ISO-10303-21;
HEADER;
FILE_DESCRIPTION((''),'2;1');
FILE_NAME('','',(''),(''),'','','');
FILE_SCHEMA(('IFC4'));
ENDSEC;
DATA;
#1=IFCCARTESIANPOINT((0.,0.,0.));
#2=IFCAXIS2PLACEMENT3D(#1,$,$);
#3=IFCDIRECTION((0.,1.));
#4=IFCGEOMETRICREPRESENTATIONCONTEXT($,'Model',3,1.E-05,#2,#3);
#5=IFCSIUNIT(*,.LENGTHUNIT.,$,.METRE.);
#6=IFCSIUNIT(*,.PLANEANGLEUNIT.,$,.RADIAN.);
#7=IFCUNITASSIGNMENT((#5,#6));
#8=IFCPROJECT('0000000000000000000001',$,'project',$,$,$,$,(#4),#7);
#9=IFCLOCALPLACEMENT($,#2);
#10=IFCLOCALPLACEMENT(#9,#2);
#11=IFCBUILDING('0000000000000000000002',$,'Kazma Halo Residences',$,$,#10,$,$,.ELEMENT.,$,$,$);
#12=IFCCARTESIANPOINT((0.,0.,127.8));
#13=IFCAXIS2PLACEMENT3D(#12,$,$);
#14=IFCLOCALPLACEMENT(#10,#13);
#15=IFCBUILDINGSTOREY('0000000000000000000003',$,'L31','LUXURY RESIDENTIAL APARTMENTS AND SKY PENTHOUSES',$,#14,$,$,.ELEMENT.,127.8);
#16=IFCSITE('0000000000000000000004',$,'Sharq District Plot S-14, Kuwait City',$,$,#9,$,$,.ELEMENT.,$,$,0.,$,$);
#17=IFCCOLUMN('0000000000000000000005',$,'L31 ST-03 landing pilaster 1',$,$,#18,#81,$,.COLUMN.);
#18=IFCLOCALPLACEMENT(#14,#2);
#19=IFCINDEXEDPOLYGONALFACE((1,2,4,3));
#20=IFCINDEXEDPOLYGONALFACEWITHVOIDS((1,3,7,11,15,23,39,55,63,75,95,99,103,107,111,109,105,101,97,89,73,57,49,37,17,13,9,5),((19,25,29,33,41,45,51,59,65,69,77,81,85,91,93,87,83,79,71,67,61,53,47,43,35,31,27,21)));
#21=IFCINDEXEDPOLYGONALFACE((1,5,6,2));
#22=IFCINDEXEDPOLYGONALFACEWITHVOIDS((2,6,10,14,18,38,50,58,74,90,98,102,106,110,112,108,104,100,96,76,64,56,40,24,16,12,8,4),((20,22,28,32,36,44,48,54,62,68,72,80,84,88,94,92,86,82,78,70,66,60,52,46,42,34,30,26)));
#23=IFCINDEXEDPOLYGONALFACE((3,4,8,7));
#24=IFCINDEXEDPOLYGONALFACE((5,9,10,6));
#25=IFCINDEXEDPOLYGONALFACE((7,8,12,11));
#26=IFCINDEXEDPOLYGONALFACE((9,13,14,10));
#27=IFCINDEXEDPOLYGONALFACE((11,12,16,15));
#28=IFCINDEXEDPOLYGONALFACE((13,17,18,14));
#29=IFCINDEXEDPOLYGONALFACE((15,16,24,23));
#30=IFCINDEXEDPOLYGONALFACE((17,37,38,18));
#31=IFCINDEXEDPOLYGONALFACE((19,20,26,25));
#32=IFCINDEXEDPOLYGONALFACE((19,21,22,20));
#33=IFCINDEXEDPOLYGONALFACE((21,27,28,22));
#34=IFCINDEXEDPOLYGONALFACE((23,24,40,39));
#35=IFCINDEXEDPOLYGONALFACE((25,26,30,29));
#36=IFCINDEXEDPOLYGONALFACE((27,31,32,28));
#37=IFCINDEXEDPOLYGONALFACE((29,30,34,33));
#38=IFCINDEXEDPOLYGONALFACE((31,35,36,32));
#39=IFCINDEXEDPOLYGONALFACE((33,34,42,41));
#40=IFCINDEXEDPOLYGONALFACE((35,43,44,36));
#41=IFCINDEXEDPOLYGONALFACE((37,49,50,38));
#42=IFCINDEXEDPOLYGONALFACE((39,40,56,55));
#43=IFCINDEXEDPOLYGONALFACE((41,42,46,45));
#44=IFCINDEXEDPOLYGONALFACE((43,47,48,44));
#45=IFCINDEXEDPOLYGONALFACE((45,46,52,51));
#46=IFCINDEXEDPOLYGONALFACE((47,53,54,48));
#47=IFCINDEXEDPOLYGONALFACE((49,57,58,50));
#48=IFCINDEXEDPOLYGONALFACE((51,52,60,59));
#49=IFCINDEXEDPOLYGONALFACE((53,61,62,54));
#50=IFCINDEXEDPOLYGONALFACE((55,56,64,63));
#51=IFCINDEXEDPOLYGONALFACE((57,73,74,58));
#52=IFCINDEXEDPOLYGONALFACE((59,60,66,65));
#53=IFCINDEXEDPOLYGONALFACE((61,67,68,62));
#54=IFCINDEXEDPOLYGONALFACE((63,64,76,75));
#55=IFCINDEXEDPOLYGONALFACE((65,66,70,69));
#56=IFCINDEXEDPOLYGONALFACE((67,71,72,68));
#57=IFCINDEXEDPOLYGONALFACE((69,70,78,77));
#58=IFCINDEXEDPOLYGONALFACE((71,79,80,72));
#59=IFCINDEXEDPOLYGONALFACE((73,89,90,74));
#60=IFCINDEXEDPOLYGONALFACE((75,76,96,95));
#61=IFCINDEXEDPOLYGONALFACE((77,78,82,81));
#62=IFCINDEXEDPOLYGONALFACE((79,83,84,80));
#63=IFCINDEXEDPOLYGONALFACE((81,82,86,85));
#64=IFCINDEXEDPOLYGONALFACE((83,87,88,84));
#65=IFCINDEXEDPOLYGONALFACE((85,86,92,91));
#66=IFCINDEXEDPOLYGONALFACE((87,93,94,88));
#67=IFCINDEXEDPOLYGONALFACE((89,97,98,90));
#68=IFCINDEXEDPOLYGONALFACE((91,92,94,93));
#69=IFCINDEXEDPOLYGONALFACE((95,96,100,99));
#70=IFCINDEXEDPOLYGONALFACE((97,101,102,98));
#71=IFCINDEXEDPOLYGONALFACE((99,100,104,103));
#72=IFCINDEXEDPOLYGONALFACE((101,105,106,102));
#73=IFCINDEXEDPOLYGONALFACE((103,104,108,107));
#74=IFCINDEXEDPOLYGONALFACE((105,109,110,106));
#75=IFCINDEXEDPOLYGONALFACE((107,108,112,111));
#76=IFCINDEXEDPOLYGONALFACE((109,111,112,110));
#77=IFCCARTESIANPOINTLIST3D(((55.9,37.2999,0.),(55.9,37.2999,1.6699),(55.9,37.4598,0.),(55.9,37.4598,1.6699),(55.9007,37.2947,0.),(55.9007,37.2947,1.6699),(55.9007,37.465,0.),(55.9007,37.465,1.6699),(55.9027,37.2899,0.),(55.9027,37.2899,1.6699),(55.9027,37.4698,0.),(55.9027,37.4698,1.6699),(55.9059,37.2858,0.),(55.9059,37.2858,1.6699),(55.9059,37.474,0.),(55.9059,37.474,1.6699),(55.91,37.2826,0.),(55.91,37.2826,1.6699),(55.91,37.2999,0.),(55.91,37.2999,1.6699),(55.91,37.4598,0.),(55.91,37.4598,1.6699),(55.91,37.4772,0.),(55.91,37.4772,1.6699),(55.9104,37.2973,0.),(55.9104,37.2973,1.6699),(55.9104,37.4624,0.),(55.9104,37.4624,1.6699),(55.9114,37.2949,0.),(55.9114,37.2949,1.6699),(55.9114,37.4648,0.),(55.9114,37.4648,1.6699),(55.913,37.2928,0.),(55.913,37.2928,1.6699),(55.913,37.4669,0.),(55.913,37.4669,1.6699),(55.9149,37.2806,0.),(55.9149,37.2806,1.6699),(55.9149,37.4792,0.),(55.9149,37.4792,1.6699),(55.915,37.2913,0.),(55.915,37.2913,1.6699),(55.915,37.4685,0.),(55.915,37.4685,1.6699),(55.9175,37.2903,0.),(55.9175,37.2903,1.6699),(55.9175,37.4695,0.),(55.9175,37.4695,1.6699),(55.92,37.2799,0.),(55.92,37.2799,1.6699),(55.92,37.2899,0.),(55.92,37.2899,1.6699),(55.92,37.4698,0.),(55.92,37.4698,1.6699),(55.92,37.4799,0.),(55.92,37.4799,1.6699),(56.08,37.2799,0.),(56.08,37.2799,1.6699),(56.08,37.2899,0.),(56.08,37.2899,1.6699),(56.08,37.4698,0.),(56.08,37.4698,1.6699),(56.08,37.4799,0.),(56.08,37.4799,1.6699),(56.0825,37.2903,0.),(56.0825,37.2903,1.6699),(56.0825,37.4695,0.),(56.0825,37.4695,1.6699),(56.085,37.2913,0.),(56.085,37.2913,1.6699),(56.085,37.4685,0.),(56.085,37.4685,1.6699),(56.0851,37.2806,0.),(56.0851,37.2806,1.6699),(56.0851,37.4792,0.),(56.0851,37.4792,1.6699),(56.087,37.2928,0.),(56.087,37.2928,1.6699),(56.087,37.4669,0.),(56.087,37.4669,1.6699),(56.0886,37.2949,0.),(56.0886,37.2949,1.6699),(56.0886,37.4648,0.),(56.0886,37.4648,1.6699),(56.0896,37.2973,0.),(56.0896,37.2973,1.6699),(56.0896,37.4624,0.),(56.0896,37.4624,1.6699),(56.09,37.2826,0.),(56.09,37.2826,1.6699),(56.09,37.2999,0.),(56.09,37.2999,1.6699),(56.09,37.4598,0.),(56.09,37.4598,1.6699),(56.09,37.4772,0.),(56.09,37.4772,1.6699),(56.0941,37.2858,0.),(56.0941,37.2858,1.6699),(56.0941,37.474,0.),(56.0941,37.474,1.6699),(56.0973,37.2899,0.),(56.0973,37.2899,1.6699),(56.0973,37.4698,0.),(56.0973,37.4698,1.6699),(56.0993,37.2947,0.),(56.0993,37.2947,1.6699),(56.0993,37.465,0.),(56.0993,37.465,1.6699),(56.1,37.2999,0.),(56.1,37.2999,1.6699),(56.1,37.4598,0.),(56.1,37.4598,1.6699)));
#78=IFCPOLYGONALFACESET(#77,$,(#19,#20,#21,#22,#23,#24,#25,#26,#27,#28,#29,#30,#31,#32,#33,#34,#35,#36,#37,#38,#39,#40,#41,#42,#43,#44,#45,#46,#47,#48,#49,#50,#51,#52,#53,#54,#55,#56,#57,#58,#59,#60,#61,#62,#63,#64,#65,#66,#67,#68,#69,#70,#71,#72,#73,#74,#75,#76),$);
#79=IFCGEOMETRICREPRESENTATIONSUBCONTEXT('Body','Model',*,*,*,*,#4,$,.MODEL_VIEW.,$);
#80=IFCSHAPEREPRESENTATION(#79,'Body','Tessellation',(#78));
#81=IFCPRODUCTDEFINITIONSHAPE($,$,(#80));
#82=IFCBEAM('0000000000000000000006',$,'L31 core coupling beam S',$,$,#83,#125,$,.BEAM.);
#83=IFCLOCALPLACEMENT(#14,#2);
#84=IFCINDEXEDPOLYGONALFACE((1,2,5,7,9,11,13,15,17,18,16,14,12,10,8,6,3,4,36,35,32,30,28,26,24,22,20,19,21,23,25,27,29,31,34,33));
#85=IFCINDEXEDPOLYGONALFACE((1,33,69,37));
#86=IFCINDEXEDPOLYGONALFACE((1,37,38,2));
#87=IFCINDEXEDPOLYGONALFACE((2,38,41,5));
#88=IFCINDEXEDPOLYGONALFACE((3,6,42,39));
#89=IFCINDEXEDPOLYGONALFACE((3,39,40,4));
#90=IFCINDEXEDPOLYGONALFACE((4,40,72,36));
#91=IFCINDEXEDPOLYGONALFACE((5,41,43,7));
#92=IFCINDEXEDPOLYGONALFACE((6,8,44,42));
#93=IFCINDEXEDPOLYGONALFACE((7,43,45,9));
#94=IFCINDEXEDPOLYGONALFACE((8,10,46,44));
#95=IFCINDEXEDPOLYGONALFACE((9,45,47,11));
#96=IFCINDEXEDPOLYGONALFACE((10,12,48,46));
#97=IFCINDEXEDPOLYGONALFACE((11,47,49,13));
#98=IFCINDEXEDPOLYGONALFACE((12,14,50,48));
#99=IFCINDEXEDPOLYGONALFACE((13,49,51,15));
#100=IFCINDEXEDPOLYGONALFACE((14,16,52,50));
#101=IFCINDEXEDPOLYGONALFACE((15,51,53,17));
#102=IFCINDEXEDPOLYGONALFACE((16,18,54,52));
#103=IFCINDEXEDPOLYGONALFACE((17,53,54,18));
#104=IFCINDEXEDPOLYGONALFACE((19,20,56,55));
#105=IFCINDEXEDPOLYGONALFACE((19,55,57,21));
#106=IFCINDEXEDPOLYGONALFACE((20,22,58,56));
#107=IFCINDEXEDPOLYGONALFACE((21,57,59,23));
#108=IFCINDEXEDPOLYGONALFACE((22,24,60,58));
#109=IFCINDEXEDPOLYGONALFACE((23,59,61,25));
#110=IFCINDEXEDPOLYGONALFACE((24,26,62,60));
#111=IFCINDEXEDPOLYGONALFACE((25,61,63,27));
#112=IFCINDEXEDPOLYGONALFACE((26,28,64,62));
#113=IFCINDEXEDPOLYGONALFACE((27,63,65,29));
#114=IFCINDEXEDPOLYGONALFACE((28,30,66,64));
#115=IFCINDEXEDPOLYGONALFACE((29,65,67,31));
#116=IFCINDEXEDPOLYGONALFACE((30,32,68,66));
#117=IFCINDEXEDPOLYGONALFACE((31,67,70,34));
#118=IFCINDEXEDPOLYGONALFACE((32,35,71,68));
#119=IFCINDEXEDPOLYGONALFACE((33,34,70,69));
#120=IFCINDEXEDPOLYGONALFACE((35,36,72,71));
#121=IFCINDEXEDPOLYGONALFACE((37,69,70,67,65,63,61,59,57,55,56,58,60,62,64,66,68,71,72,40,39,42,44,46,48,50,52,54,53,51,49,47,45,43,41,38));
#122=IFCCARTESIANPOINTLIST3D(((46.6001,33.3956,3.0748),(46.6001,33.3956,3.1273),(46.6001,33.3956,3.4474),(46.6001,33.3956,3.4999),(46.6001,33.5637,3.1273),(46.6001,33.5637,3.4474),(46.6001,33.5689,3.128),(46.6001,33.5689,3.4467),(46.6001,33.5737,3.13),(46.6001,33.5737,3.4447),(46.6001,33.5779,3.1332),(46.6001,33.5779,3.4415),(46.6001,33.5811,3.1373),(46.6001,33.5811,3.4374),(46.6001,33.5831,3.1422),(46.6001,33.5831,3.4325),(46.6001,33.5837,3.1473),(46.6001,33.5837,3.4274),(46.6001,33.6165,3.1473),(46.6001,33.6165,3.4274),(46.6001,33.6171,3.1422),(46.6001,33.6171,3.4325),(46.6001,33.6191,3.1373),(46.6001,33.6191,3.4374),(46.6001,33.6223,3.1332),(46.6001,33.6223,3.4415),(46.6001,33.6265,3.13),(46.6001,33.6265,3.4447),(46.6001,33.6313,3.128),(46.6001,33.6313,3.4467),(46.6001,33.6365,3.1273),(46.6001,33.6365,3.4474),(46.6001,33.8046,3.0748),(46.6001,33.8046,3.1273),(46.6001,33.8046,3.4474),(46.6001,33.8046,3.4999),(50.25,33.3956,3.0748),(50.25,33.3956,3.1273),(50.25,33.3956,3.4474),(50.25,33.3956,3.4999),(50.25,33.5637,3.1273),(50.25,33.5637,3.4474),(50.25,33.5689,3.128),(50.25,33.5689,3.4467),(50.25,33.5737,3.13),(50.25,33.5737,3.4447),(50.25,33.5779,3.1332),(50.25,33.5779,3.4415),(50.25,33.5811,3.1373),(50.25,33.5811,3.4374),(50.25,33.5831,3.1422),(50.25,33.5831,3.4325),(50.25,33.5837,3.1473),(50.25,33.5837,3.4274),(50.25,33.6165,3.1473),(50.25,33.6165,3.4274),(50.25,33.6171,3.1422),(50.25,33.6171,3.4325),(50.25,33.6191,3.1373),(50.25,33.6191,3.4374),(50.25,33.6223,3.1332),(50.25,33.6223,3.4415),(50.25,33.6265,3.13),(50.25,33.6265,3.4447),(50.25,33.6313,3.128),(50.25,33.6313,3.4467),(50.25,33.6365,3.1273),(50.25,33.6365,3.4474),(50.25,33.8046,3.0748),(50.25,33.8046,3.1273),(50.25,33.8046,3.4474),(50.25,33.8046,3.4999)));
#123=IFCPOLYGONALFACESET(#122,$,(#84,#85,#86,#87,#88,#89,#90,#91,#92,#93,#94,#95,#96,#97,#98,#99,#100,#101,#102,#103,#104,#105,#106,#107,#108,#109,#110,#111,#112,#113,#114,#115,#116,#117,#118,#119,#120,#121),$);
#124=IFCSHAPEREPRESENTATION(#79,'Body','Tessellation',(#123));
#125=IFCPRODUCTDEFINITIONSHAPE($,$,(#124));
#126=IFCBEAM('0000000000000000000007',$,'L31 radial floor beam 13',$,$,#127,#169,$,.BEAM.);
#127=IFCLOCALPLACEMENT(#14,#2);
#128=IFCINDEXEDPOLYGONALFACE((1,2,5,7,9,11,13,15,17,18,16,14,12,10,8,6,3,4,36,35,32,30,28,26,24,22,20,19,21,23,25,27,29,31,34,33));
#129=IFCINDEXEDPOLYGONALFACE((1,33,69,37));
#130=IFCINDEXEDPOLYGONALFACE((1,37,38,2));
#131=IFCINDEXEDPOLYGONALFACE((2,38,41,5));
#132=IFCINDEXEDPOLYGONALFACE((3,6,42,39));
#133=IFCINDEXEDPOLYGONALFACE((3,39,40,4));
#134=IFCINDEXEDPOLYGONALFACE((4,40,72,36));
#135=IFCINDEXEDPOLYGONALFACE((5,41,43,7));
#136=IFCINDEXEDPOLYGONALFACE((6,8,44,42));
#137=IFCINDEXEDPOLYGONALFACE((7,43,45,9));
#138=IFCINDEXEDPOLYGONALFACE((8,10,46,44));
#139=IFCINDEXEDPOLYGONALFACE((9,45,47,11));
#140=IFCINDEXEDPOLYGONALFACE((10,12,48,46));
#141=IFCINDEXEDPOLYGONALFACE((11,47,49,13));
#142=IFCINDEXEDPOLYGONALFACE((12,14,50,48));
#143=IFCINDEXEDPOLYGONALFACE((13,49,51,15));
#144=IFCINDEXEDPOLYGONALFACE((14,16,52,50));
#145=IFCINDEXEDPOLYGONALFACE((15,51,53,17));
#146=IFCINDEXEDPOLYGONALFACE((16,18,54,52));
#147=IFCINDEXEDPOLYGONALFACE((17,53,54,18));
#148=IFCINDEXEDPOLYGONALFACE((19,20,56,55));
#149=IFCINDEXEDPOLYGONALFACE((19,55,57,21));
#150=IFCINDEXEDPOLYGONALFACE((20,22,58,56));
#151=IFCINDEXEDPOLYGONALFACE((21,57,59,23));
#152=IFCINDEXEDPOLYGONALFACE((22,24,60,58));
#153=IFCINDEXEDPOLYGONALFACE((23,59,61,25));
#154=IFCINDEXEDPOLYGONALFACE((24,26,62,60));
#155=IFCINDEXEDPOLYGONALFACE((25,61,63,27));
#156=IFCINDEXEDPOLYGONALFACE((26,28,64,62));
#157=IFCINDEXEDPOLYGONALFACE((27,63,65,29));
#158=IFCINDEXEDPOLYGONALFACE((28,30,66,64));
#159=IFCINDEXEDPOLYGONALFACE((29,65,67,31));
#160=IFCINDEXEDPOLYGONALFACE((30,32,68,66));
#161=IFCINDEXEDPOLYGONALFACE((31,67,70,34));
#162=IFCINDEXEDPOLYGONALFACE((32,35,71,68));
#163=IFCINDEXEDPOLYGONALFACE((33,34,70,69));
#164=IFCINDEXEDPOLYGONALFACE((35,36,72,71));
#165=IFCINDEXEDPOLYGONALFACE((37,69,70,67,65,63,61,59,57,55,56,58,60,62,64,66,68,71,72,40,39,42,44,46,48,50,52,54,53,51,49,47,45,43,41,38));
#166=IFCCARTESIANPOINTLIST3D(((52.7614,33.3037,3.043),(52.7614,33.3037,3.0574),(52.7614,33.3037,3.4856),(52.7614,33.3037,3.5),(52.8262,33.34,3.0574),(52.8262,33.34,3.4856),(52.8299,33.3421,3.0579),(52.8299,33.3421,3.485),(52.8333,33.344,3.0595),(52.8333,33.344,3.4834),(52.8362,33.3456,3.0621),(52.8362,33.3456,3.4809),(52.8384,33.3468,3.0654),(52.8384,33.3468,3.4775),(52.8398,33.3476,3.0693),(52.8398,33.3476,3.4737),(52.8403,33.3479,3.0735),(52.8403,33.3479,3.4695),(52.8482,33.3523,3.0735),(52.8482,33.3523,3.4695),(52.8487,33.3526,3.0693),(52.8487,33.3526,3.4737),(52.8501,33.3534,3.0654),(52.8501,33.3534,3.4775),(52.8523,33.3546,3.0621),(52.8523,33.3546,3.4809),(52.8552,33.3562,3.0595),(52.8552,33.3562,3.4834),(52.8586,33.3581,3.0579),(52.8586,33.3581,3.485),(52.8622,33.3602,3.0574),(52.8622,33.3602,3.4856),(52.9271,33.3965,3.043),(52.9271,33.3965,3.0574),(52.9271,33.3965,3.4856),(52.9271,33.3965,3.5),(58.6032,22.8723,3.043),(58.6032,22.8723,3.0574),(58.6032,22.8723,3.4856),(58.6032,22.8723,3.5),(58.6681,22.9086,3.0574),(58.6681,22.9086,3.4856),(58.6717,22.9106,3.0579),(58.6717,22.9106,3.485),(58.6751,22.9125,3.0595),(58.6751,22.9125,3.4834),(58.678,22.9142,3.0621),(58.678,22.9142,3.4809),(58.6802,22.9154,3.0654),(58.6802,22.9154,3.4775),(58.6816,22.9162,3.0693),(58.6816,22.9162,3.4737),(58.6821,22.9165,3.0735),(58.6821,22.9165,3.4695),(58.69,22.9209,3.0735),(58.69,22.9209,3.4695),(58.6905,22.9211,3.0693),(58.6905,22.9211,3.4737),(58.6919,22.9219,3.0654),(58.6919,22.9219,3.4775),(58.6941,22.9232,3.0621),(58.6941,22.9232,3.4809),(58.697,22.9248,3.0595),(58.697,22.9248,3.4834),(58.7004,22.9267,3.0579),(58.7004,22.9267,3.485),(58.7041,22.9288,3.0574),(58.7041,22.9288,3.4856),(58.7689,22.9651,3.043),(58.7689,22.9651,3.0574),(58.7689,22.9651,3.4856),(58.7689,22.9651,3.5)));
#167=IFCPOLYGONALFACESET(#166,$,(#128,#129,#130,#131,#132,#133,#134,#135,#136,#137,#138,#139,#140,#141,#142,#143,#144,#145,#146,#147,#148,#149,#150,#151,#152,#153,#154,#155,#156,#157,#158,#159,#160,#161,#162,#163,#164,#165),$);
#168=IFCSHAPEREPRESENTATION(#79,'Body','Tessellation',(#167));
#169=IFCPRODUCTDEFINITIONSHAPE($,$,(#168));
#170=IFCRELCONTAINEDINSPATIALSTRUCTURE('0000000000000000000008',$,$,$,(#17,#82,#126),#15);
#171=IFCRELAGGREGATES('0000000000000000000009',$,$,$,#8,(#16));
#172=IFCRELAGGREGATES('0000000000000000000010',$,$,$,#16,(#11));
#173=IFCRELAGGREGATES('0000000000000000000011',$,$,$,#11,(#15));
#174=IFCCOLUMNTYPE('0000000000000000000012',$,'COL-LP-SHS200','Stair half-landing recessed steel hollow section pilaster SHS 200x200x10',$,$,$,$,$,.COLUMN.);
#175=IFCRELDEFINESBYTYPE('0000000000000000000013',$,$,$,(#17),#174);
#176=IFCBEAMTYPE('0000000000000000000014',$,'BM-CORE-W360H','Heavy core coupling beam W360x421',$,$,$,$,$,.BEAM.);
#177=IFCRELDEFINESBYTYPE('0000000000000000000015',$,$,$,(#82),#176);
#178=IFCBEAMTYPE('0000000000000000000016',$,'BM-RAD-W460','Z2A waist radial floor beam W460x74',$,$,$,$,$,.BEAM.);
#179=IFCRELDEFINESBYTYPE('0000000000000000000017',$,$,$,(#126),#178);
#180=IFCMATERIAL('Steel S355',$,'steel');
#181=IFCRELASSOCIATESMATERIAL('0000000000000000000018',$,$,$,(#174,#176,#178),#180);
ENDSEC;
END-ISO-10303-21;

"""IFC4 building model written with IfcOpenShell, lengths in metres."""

from ifc_helpers import new_model, si_unit, direction, frame, origin, origin_2d, place, context, subcontext, project, spatial, hollow_rectangle, i_section, extrude, material, material_profile, profile_set, type_object, element, save


model = new_model("IFC4")

# Units and contexts
model_context = context("Model", 3, precision=1e-05, world=origin(), true_north=direction((0.0, 1.0)))
body_context = subcontext(model_context, "Body", "Model", "MODEL_VIEW")
ifc_project = project(units=[si_unit("LENGTHUNIT", "METRE"), si_unit("PLANEANGLEUNIT", "RADIAN")], contexts=[model_context])

# Site, building, storey
site_placement = place(None, origin())
site = spatial("IfcSite", under=ifc_project, at=site_placement, Name="Sharq District Plot S-14, Kuwait City", CompositionType="ELEMENT", RefElevation=0.0)
building_placement = place(site_placement, origin())
building = spatial("IfcBuilding", under=site, at=building_placement, Name="Kazma Halo Residences", CompositionType="ELEMENT")
storey_placement = place(building_placement, frame((0.0, 0.0, 127.8)))
storey = spatial("IfcBuildingStorey", under=building, at=storey_placement, Name="L31", Description="LUXURY RESIDENTIAL APARTMENTS AND SKY PENTHOUSES", CompositionType="ELEMENT", Elevation=127.8)

# Column
ifc_material_1 = material(Name="Steel S355", Category="steel")
ifc_material_profile_1 = material_profile(ifc_material_1, hollow_rectangle(XDim=0.2, YDim=0.2, WallThickness=0.01, InnerFilletRadius=0.01, OuterFilletRadius=0.02, at=origin_2d()), Name="SHS200x200x10")
ifc_profile_set_1 = profile_set([ifc_material_profile_1], Name="Steel S355")
column_type = type_object("IfcColumnType", Name="COL-LP-SHS200", Description="Stair half-landing recessed steel hollow section pilaster SHS 200x200x10", PredefinedType="COLUMN", material=ifc_profile_set_1)
column_placement = place(storey_placement, frame((56.0, 37.3799, 0.0), z_axis=(0.0, 0.0, 1.0), x_axis=(1.0, 0.0, 0.0)))
element("IfcColumn", 1, at=column_placement, inside=storey, type_object=column_type, Name="L31 ST-03 landing pilaster 1", PredefinedType="COLUMN", context=body_context, shape_type="SweptSolid", body=[
    extrude(hollow_rectangle(XDim=0.2, YDim=0.2, WallThickness=0.01, InnerFilletRadius=0.01, OuterFilletRadius=0.02, at=origin_2d()), origin(), (0.0, 0.0, 1.0), 1.6699),
])

# Beams
ifc_material_profile_2 = material_profile(ifc_material_1, i_section(OverallWidth=0.4089, OverallDepth=0.425, WebThickness=0.0327, FlangeThickness=0.0525, FilletRadius=0.02, at=origin_2d()), Name="W360x421")
ifc_profile_set_2 = profile_set([ifc_material_profile_2], Name="Steel S355")
beam_type_1 = type_object("IfcBeamType", Name="BM-CORE-W360H", Description="Heavy core coupling beam W360x421", PredefinedType="BEAM", material=ifc_profile_set_2)
beam_1_placement = place(storey_placement, frame((46.6001, 33.6001, 3.2874), z_axis=(1.0, 0.0, 0.0), x_axis=(0.0, 1.0, 0.0)))
element("IfcBeam", 2, at=beam_1_placement, inside=storey, type_object=beam_type_1, Name="L31 core coupling beam S", PredefinedType="BEAM", context=body_context, shape_type="SweptSolid", body=[
    extrude(i_section(OverallWidth=0.4089, OverallDepth=0.425, WebThickness=0.0327, FlangeThickness=0.0525, FilletRadius=0.02, at=origin_2d()), origin(), (0.0, 0.0, 1.0), 3.6499),
])
ifc_material_profile_3 = material_profile(ifc_material_1, i_section(OverallWidth=0.1899, OverallDepth=0.457, WebThickness=0.009, FlangeThickness=0.0144, FilletRadius=0.0161, at=origin_2d()), Name="W460x74")
ifc_profile_set_3 = profile_set([ifc_material_profile_3], Name="Steel S355")
beam_type_2 = type_object("IfcBeamType", Name="BM-RAD-W460", Description="Z2A waist radial floor beam W460x74", PredefinedType="BEAM", material=ifc_profile_set_3)
beam_2_placement = place(storey_placement, frame((52.8442, 33.3501, 3.2715), z_axis=(0.488617, -0.872498, 0.0), x_axis=(0.872498, 0.488617, 0.0)))
element("IfcBeam", 3, at=beam_2_placement, inside=storey, type_object=beam_type_2, Name="L31 radial floor beam 13", PredefinedType="BEAM", context=body_context, shape_type="SweptSolid", body=[
    extrude(i_section(OverallWidth=0.1899, OverallDepth=0.457, WebThickness=0.009, FlangeThickness=0.0144, FilletRadius=0.0161, at=origin_2d()), origin(), (0.0, 0.0, 1.0), 11.9558),
])

save(model, "model.ifc")
